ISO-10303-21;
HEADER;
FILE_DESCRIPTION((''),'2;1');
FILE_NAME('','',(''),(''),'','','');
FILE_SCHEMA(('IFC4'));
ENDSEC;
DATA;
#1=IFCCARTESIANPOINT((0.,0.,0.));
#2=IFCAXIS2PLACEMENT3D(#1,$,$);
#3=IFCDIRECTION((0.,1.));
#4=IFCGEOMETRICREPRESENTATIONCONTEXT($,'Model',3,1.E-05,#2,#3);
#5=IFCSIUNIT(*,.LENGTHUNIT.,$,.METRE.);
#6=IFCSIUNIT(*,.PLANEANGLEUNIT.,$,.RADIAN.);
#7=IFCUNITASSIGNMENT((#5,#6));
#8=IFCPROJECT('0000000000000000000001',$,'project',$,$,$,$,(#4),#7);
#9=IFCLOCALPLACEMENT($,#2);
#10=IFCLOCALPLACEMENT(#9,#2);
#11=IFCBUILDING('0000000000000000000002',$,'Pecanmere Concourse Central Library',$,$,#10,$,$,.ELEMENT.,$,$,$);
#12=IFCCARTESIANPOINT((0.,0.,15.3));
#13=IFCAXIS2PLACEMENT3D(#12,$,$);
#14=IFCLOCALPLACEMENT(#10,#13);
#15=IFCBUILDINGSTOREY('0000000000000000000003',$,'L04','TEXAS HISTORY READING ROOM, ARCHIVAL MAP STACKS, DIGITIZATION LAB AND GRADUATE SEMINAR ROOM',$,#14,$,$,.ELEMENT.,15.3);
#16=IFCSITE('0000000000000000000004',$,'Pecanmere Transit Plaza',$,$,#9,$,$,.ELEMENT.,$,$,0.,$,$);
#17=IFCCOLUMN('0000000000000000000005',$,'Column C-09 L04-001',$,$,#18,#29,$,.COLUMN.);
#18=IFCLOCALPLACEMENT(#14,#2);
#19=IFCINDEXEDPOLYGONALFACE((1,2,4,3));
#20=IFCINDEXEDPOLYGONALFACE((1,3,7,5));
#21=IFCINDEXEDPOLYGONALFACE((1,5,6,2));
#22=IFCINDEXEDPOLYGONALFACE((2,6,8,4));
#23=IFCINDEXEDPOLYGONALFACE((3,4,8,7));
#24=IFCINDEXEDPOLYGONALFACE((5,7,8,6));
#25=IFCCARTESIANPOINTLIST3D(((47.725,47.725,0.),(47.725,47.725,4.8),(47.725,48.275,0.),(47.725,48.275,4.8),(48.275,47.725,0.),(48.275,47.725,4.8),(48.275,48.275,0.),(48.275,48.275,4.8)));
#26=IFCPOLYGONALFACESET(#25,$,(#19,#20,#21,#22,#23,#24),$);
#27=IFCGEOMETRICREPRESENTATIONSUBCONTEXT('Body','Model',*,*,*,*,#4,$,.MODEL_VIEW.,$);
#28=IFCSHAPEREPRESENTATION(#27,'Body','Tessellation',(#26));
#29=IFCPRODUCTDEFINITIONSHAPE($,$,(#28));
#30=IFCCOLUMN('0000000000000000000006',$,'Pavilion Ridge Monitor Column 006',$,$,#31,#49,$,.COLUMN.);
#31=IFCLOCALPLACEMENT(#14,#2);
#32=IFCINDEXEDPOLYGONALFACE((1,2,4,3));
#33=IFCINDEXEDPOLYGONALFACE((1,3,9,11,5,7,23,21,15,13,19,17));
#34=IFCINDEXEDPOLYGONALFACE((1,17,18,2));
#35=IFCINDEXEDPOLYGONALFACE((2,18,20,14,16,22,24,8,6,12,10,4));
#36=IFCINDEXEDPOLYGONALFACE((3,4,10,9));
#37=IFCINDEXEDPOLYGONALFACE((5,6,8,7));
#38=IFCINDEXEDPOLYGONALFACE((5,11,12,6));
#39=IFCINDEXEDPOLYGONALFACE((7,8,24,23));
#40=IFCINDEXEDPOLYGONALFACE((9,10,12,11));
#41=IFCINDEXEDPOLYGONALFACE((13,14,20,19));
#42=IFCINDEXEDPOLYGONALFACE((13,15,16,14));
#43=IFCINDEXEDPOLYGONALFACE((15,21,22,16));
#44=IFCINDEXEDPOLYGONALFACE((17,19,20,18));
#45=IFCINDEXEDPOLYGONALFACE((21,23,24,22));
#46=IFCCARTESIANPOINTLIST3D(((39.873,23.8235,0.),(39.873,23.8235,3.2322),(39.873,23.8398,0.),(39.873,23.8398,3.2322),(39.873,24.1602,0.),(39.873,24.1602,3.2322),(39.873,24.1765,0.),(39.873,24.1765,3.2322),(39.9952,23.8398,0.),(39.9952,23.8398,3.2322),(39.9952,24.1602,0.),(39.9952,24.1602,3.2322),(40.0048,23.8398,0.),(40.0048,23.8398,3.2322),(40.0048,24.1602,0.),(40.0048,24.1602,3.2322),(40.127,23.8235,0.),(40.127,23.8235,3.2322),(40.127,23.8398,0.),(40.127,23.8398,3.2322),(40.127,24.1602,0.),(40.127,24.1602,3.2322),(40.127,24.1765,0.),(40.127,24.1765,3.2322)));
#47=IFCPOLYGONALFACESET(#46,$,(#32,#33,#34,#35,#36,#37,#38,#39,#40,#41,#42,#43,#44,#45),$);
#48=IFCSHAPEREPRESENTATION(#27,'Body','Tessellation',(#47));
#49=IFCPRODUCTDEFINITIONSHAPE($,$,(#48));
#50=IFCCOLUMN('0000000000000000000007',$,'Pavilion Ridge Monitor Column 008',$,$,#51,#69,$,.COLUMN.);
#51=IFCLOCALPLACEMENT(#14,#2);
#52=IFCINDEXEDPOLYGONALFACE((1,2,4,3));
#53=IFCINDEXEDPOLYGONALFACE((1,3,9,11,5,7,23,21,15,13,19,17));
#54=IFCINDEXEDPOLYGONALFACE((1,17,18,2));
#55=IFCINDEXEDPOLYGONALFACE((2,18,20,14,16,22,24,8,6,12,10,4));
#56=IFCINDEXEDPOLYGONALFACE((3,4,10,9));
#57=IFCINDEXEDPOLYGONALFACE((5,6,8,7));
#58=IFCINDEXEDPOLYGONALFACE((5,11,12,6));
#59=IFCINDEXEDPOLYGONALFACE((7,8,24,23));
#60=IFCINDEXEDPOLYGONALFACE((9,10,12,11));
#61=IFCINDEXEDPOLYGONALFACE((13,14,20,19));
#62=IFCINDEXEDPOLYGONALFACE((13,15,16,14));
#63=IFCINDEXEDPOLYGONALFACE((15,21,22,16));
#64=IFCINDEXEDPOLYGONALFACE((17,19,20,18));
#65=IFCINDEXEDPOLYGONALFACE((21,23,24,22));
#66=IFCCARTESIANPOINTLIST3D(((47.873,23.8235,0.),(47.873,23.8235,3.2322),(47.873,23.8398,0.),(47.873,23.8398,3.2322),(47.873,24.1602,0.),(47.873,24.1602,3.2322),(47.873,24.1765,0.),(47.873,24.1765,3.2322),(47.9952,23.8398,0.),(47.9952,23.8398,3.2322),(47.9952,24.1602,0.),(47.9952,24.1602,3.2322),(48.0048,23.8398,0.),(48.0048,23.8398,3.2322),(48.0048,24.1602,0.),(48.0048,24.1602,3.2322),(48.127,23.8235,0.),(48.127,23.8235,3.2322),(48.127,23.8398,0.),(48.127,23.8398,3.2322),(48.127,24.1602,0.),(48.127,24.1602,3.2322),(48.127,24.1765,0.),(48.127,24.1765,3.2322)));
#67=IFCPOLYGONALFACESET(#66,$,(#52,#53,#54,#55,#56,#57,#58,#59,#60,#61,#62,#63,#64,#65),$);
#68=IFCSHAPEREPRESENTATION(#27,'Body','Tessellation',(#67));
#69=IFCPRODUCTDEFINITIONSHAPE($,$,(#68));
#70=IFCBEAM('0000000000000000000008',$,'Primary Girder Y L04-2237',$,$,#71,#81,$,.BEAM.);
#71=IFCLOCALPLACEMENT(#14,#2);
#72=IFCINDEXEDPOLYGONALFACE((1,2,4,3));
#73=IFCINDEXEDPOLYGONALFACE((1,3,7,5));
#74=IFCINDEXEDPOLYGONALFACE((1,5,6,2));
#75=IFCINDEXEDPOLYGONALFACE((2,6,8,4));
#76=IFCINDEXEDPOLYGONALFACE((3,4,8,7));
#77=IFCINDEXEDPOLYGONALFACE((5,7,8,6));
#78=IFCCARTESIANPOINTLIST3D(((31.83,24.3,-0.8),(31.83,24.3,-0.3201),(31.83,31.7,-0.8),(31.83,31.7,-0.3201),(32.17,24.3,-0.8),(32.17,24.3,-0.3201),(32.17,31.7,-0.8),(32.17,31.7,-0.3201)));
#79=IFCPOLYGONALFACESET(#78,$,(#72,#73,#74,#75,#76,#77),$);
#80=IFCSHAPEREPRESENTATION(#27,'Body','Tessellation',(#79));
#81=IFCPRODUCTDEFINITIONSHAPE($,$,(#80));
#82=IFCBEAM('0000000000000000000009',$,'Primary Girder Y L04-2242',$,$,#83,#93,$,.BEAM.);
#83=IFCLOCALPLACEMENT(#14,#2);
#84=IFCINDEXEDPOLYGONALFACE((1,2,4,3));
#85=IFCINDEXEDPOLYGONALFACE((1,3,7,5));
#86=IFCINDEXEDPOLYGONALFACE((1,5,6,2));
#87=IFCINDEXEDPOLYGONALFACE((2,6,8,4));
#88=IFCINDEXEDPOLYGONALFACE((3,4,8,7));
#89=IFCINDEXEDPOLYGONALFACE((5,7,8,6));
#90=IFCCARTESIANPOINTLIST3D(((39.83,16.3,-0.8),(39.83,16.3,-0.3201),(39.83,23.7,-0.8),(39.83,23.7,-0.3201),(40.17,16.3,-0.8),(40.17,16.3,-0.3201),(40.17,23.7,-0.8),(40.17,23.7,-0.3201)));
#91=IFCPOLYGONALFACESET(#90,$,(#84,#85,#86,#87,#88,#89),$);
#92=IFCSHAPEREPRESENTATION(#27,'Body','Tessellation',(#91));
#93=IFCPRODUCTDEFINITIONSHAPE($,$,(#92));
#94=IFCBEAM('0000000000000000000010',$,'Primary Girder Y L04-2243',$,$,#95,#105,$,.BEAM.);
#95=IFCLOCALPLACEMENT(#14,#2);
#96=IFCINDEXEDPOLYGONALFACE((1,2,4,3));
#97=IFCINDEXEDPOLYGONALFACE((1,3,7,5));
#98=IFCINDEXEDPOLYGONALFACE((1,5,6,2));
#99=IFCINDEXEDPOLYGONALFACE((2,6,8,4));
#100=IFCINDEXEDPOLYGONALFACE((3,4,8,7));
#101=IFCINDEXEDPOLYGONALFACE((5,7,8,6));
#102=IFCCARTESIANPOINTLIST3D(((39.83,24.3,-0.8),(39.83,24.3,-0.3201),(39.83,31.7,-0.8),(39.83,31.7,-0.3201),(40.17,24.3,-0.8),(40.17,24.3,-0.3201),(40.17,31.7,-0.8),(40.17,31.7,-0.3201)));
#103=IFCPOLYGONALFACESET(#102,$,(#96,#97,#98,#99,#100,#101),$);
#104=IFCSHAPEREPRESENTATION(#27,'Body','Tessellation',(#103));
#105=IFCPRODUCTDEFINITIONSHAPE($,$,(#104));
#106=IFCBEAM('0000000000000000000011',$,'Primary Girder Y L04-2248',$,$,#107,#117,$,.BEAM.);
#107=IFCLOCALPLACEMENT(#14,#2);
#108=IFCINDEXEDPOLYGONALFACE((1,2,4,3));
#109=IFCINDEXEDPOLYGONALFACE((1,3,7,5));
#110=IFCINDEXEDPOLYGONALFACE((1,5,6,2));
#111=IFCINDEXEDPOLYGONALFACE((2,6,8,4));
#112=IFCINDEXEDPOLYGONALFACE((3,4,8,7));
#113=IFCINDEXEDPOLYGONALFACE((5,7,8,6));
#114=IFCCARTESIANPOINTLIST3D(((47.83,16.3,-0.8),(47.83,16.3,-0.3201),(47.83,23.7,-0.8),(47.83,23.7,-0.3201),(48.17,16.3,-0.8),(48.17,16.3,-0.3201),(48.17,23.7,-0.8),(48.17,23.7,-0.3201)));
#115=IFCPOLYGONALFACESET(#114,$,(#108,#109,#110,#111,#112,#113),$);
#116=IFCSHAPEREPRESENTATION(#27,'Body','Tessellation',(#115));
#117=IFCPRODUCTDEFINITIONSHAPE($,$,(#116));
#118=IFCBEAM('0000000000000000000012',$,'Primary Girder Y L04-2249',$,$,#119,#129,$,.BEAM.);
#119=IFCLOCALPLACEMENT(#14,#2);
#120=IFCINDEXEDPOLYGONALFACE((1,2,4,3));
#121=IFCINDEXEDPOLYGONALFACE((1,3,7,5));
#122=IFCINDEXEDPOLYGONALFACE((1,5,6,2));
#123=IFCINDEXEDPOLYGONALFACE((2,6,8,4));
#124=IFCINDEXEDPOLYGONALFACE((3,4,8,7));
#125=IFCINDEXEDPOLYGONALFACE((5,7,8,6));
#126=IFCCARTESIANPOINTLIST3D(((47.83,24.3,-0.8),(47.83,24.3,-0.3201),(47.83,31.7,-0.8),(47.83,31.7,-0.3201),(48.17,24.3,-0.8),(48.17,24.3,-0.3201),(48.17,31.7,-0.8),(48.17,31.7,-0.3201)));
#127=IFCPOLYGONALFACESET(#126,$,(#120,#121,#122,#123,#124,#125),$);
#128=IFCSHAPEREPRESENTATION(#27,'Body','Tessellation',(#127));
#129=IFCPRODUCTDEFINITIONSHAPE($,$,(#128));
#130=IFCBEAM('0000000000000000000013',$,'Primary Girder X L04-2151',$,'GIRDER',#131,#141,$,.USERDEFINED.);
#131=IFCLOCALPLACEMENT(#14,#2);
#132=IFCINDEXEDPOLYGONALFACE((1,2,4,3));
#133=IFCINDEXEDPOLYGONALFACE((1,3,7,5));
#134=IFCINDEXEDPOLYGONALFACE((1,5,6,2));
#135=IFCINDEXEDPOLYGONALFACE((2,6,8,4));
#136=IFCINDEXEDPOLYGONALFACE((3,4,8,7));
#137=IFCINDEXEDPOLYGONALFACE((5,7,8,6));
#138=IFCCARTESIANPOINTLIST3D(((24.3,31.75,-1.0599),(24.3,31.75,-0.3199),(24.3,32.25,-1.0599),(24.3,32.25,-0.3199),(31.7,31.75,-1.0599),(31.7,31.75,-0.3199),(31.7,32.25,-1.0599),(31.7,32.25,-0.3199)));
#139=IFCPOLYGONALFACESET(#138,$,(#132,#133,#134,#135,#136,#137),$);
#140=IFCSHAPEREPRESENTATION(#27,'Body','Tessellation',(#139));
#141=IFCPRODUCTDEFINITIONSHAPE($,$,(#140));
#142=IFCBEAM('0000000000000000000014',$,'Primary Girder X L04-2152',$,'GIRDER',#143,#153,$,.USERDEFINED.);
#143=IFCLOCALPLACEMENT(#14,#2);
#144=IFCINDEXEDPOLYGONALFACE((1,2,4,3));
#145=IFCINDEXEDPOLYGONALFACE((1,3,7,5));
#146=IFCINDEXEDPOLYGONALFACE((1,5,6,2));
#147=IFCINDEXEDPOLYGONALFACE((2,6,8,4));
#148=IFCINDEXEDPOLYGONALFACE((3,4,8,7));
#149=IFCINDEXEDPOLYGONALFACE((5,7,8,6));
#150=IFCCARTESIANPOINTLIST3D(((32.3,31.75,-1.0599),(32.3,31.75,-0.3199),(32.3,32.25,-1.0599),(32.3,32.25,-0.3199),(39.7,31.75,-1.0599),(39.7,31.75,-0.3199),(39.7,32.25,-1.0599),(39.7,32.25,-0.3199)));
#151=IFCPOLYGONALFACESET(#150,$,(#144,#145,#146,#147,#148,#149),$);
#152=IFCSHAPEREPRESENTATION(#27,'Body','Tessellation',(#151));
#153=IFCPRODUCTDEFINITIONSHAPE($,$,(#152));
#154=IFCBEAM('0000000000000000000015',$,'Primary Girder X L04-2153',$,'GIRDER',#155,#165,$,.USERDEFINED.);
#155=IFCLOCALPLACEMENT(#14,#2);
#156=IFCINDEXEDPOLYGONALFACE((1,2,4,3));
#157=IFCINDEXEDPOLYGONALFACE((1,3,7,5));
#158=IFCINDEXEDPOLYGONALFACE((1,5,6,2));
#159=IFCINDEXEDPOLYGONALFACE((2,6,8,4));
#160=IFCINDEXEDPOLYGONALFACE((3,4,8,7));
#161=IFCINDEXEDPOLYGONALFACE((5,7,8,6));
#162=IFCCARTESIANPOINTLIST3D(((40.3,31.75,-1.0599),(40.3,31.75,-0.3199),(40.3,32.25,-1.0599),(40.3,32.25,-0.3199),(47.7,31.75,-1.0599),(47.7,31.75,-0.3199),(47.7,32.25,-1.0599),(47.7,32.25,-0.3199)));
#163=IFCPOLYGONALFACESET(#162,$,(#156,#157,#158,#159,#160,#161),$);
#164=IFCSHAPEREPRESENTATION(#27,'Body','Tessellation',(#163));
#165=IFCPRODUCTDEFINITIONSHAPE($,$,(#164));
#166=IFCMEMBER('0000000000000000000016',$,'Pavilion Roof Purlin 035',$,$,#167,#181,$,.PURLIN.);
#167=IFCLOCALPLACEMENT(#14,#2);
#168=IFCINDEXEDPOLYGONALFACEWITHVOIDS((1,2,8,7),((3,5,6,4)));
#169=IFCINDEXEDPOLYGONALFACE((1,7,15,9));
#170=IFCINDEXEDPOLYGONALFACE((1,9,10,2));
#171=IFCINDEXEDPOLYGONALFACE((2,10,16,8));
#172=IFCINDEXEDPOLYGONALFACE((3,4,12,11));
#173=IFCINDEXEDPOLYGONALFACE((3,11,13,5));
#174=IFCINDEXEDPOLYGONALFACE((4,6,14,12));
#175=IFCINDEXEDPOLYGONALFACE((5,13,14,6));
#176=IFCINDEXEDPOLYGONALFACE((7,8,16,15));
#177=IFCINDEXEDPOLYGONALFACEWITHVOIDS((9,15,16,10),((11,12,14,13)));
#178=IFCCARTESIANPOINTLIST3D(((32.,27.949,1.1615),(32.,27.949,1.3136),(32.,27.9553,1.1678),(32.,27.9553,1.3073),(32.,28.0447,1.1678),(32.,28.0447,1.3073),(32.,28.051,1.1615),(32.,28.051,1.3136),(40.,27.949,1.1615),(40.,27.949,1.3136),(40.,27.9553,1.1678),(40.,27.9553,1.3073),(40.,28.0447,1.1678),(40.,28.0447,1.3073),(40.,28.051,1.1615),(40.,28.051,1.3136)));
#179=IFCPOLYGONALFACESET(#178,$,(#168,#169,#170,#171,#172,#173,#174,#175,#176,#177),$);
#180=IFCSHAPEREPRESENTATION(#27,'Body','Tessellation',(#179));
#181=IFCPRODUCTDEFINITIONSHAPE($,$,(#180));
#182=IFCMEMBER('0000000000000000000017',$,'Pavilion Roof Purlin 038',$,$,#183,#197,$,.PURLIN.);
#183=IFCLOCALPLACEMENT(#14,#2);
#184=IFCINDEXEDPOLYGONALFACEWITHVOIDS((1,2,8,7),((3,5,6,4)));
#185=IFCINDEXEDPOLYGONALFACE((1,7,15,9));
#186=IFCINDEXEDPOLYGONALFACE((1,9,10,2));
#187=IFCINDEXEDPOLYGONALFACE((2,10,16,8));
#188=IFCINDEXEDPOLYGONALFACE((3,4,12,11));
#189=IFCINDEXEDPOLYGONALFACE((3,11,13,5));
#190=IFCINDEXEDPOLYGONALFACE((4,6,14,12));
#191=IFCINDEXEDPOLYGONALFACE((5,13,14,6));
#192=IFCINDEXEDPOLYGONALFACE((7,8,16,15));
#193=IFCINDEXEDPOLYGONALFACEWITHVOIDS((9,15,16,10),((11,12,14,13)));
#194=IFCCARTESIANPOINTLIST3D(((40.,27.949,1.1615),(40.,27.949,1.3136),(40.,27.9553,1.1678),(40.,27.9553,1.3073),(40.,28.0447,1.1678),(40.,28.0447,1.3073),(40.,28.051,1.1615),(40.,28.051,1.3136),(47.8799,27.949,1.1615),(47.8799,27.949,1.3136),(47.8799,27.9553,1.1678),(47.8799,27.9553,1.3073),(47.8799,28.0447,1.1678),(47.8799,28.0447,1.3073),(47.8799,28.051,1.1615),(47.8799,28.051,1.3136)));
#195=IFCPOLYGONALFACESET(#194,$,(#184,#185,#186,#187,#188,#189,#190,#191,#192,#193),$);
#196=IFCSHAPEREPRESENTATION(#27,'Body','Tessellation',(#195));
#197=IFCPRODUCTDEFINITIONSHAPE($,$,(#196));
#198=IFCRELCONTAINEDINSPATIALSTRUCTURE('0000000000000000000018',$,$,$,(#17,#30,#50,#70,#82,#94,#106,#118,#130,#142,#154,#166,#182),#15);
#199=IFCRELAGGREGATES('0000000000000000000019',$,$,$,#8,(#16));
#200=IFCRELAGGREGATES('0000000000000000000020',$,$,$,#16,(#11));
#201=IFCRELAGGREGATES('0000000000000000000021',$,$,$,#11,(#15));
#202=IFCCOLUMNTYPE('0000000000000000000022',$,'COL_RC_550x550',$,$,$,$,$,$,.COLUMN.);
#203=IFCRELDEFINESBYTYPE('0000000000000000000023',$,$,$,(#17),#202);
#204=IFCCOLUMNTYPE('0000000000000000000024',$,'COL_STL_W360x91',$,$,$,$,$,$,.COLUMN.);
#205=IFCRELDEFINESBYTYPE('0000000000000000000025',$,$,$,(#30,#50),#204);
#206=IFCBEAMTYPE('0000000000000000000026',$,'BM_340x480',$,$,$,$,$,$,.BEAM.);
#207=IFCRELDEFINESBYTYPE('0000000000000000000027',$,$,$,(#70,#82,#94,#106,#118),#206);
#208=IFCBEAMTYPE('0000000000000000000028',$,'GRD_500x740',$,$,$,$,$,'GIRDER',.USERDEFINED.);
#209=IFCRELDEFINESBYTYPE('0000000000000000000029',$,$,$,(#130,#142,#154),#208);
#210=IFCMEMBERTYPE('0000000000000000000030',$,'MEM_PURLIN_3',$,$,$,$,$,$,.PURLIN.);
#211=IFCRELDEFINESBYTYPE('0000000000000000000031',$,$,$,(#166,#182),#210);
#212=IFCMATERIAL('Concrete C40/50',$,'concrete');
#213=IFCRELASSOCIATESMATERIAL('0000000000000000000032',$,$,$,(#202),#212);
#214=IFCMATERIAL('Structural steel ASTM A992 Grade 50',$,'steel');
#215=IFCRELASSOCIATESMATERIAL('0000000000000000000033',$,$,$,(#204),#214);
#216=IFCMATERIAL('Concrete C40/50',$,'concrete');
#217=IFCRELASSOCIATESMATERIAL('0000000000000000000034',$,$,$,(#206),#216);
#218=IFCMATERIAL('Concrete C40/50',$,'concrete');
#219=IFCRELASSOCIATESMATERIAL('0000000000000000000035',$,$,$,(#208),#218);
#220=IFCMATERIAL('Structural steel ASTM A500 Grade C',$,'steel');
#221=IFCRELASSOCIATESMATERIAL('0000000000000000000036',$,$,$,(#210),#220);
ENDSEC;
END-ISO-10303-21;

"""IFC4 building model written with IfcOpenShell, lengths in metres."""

from ifc_helpers import new_model, si_unit, direction, frame, origin, origin_2d, place, context, subcontext, project, spatial, rectangle, hollow_rectangle, i_section, extrude, material, material_profile, profile_set, type_object, element, save


model = new_model("IFC4")

# Units and contexts
model_context = context("Model", 3, precision=1e-05, world=origin(), true_north=direction((0.0, 1.0)))
body_context = subcontext(model_context, "Body", "Model", "MODEL_VIEW")
ifc_project = project(units=[si_unit("LENGTHUNIT", "METRE"), si_unit("PLANEANGLEUNIT", "RADIAN")], contexts=[model_context])

# Site, building, storey
site_placement = place(None, origin())
site = spatial("IfcSite", under=ifc_project, at=site_placement, Name="Pecanmere Transit Plaza", CompositionType="ELEMENT", RefElevation=0.0)
building_placement = place(site_placement, origin())
building = spatial("IfcBuilding", under=site, at=building_placement, Name="Pecanmere Concourse Central Library", CompositionType="ELEMENT")
storey_placement = place(building_placement, frame((0.0, 0.0, 15.3)))
storey = spatial("IfcBuildingStorey", under=building, at=storey_placement, Name="L04", Description="TEXAS HISTORY READING ROOM, ARCHIVAL MAP STACKS, DIGITIZATION LAB AND GRADUATE SEMINAR ROOM", CompositionType="ELEMENT", Elevation=15.3)

# Columns
ifc_material_1 = material(Name="Concrete C40/50", Category="concrete")
ifc_material_profile_1 = material_profile(ifc_material_1, rectangle(XDim=0.55, YDim=0.55, at=origin_2d()), Name="RC 550x550")
ifc_profile_set_1 = profile_set([ifc_material_profile_1], Name="Concrete C40/50")
column_type_1 = type_object("IfcColumnType", Name="COL_RC_550x550", PredefinedType="COLUMN", material=ifc_profile_set_1)
column_placement = place(storey_placement, frame((48.0, 48.0, 0.0), z_axis=(0.0, 0.0, 1.0), x_axis=(1.0, 0.0, 0.0)))
element("IfcColumn", 1, at=column_placement, inside=storey, type_object=column_type_1, Name="Column C-09 L04-001", PredefinedType="COLUMN", context=body_context, shape_type="SweptSolid", body=[
    extrude(rectangle(XDim=0.55, YDim=0.55, at=origin_2d()), origin(), (0.0, 0.0, 1.0), 4.8),
])
ifc_material_2 = material(Name="Structural steel ASTM A992 Grade 50", Category="steel")
ifc_material_profile_2 = material_profile(ifc_material_2, i_section(OverallWidth=0.2539, OverallDepth=0.353, WebThickness=0.0095, FlangeThickness=0.0164, at=origin_2d()), Name="W360x91")
ifc_profile_set_2 = profile_set([ifc_material_profile_2], Name="Structural steel ASTM A992 Grade 50")
column_type_2 = type_object("IfcColumnType", Name="COL_STL_W360x91", PredefinedType="COLUMN", material=ifc_profile_set_2)
for number, where, z_axis, x_axis, name in (
    (2, (40.0, 24.0, 0.0), (0.0, 0.0, 1.0), (1.0, 0.0, 0.0), "Pavilion Ridge Monitor Column 006"),
    (3, (48.0, 24.0, 0.0), (0.0, 0.0, 1.0), (1.0, 0.0, 0.0), "Pavilion Ridge Monitor Column 008"),
):
    element("IfcColumn", number, at=place(storey_placement, frame(where, z_axis=z_axis, x_axis=x_axis)), inside=storey, type_object=column_type_2, Name=name, PredefinedType="COLUMN", context=body_context, shape_type="SweptSolid", body=[
        extrude(i_section(OverallWidth=0.2539, OverallDepth=0.353, WebThickness=0.0095, FlangeThickness=0.0164, at=origin_2d()), origin(), (0.0, 0.0, 1.0), 3.2322),
    ])

# Beams
ifc_material_3 = material(Name="Concrete C40/50", Category="concrete")
ifc_material_profile_3 = material_profile(ifc_material_3, rectangle(XDim=0.3401, YDim=0.48, at=origin_2d()), Name="RC 340x480")
ifc_profile_set_3 = profile_set([ifc_material_profile_3], Name="Concrete C40/50")
beam_type_1 = type_object("IfcBeamType", Name="BM_340x480", PredefinedType="BEAM", material=ifc_profile_set_3)
for number, where, z_axis, x_axis, name in (
    (4, (32.0, 24.3, -0.5601), (0.0, 1.0, 0.0), (-1.0, 0.0, 0.0), "Primary Girder Y L04-2237"),
    (5, (40.0, 16.3, -0.5601), (0.0, 1.0, 0.0), (-1.0, 0.0, 0.0), "Primary Girder Y L04-2242"),
    (6, (40.0, 24.3, -0.5601), (0.0, 1.0, 0.0), (-1.0, 0.0, 0.0), "Primary Girder Y L04-2243"),
    (7, (48.0, 16.3, -0.5601), (0.0, 1.0, 0.0), (-1.0, 0.0, 0.0), "Primary Girder Y L04-2248"),
    (8, (48.0, 24.3, -0.5601), (0.0, 1.0, 0.0), (-1.0, 0.0, 0.0), "Primary Girder Y L04-2249"),
):
    element("IfcBeam", number, at=place(storey_placement, frame(where, z_axis=z_axis, x_axis=x_axis)), inside=storey, type_object=beam_type_1, Name=name, PredefinedType="BEAM", context=body_context, shape_type="SweptSolid", body=[
        extrude(rectangle(XDim=0.3401, YDim=0.48, at=origin_2d()), origin(), (0.0, 0.0, 1.0), 7.3999),
    ])
ifc_material_4 = material(Name="Concrete C40/50", Category="concrete")
ifc_material_profile_4 = material_profile(ifc_material_4, rectangle(XDim=0.5, YDim=0.74, at=origin_2d()), Name="RC 500x740")
ifc_profile_set_4 = profile_set([ifc_material_profile_4], Name="Concrete C40/50")
beam_type_2 = type_object("IfcBeamType", Name="GRD_500x740", ElementType="GIRDER", PredefinedType="USERDEFINED", material=ifc_profile_set_4)
for number, where, z_axis, x_axis, name in (
    (9, (24.3, 32.0, -0.6899), (1.0, 0.0, 0.0), (0.0, 1.0, 0.0), "Primary Girder X L04-2151"),
    (10, (32.3, 32.0, -0.6899), (1.0, 0.0, 0.0), (0.0, 1.0, 0.0), "Primary Girder X L04-2152"),
    (11, (40.3, 32.0, -0.6899), (1.0, 0.0, 0.0), (0.0, 1.0, 0.0), "Primary Girder X L04-2153"),
):
    element("IfcBeam", number, at=place(storey_placement, frame(where, z_axis=z_axis, x_axis=x_axis)), inside=storey, type_object=beam_type_2, Name=name, ObjectType="GIRDER", PredefinedType="USERDEFINED", context=body_context, shape_type="SweptSolid", body=[
        extrude(rectangle(XDim=0.5, YDim=0.74, at=origin_2d()), origin(), (0.0, 0.0, 1.0), 7.3999),
    ])

# Members
ifc_material_5 = material(Name="Structural steel ASTM A500 Grade C", Category="steel")
ifc_material_profile_5 = material_profile(ifc_material_5, hollow_rectangle(XDim=0.1021, YDim=0.1521, WallThickness=0.0063, at=origin_2d()), Name="HSS152x102x6.4")
ifc_profile_set_5 = profile_set([ifc_material_profile_5], Name="Structural steel ASTM A500 Grade C")
member_type_1 = type_object("IfcMemberType", Name="MEM_PURLIN_3", PredefinedType="PURLIN", material=ifc_profile_set_5)
member_1_placement = place(storey_placement, frame((32.0, 28.0, 1.2375), z_axis=(1.0, 0.0, 0.0), x_axis=(0.0, 1.0, 0.0)))
element("IfcMember", 12, at=member_1_placement, inside=storey, type_object=member_type_1, Name="Pavilion Roof Purlin 035", PredefinedType="PURLIN", context=body_context, shape_type="SweptSolid", body=[
    extrude(hollow_rectangle(XDim=0.1021, YDim=0.1521, WallThickness=0.0063, at=origin_2d()), origin(), (0.0, 0.0, 1.0), 8.0),
])
member_2_placement = place(storey_placement, frame((40.0, 28.0, 1.2375), z_axis=(1.0, 0.0, 0.0), x_axis=(0.0, 1.0, 0.0)))
element("IfcMember", 13, at=member_2_placement, inside=storey, type_object=member_type_1, Name="Pavilion Roof Purlin 038", PredefinedType="PURLIN", context=body_context, shape_type="SweptSolid", body=[
    extrude(hollow_rectangle(XDim=0.1021, YDim=0.1521, WallThickness=0.0063, at=origin_2d()), origin(), (0.0, 0.0, 1.0), 7.8799),
])

save(model, "model.ifc")
